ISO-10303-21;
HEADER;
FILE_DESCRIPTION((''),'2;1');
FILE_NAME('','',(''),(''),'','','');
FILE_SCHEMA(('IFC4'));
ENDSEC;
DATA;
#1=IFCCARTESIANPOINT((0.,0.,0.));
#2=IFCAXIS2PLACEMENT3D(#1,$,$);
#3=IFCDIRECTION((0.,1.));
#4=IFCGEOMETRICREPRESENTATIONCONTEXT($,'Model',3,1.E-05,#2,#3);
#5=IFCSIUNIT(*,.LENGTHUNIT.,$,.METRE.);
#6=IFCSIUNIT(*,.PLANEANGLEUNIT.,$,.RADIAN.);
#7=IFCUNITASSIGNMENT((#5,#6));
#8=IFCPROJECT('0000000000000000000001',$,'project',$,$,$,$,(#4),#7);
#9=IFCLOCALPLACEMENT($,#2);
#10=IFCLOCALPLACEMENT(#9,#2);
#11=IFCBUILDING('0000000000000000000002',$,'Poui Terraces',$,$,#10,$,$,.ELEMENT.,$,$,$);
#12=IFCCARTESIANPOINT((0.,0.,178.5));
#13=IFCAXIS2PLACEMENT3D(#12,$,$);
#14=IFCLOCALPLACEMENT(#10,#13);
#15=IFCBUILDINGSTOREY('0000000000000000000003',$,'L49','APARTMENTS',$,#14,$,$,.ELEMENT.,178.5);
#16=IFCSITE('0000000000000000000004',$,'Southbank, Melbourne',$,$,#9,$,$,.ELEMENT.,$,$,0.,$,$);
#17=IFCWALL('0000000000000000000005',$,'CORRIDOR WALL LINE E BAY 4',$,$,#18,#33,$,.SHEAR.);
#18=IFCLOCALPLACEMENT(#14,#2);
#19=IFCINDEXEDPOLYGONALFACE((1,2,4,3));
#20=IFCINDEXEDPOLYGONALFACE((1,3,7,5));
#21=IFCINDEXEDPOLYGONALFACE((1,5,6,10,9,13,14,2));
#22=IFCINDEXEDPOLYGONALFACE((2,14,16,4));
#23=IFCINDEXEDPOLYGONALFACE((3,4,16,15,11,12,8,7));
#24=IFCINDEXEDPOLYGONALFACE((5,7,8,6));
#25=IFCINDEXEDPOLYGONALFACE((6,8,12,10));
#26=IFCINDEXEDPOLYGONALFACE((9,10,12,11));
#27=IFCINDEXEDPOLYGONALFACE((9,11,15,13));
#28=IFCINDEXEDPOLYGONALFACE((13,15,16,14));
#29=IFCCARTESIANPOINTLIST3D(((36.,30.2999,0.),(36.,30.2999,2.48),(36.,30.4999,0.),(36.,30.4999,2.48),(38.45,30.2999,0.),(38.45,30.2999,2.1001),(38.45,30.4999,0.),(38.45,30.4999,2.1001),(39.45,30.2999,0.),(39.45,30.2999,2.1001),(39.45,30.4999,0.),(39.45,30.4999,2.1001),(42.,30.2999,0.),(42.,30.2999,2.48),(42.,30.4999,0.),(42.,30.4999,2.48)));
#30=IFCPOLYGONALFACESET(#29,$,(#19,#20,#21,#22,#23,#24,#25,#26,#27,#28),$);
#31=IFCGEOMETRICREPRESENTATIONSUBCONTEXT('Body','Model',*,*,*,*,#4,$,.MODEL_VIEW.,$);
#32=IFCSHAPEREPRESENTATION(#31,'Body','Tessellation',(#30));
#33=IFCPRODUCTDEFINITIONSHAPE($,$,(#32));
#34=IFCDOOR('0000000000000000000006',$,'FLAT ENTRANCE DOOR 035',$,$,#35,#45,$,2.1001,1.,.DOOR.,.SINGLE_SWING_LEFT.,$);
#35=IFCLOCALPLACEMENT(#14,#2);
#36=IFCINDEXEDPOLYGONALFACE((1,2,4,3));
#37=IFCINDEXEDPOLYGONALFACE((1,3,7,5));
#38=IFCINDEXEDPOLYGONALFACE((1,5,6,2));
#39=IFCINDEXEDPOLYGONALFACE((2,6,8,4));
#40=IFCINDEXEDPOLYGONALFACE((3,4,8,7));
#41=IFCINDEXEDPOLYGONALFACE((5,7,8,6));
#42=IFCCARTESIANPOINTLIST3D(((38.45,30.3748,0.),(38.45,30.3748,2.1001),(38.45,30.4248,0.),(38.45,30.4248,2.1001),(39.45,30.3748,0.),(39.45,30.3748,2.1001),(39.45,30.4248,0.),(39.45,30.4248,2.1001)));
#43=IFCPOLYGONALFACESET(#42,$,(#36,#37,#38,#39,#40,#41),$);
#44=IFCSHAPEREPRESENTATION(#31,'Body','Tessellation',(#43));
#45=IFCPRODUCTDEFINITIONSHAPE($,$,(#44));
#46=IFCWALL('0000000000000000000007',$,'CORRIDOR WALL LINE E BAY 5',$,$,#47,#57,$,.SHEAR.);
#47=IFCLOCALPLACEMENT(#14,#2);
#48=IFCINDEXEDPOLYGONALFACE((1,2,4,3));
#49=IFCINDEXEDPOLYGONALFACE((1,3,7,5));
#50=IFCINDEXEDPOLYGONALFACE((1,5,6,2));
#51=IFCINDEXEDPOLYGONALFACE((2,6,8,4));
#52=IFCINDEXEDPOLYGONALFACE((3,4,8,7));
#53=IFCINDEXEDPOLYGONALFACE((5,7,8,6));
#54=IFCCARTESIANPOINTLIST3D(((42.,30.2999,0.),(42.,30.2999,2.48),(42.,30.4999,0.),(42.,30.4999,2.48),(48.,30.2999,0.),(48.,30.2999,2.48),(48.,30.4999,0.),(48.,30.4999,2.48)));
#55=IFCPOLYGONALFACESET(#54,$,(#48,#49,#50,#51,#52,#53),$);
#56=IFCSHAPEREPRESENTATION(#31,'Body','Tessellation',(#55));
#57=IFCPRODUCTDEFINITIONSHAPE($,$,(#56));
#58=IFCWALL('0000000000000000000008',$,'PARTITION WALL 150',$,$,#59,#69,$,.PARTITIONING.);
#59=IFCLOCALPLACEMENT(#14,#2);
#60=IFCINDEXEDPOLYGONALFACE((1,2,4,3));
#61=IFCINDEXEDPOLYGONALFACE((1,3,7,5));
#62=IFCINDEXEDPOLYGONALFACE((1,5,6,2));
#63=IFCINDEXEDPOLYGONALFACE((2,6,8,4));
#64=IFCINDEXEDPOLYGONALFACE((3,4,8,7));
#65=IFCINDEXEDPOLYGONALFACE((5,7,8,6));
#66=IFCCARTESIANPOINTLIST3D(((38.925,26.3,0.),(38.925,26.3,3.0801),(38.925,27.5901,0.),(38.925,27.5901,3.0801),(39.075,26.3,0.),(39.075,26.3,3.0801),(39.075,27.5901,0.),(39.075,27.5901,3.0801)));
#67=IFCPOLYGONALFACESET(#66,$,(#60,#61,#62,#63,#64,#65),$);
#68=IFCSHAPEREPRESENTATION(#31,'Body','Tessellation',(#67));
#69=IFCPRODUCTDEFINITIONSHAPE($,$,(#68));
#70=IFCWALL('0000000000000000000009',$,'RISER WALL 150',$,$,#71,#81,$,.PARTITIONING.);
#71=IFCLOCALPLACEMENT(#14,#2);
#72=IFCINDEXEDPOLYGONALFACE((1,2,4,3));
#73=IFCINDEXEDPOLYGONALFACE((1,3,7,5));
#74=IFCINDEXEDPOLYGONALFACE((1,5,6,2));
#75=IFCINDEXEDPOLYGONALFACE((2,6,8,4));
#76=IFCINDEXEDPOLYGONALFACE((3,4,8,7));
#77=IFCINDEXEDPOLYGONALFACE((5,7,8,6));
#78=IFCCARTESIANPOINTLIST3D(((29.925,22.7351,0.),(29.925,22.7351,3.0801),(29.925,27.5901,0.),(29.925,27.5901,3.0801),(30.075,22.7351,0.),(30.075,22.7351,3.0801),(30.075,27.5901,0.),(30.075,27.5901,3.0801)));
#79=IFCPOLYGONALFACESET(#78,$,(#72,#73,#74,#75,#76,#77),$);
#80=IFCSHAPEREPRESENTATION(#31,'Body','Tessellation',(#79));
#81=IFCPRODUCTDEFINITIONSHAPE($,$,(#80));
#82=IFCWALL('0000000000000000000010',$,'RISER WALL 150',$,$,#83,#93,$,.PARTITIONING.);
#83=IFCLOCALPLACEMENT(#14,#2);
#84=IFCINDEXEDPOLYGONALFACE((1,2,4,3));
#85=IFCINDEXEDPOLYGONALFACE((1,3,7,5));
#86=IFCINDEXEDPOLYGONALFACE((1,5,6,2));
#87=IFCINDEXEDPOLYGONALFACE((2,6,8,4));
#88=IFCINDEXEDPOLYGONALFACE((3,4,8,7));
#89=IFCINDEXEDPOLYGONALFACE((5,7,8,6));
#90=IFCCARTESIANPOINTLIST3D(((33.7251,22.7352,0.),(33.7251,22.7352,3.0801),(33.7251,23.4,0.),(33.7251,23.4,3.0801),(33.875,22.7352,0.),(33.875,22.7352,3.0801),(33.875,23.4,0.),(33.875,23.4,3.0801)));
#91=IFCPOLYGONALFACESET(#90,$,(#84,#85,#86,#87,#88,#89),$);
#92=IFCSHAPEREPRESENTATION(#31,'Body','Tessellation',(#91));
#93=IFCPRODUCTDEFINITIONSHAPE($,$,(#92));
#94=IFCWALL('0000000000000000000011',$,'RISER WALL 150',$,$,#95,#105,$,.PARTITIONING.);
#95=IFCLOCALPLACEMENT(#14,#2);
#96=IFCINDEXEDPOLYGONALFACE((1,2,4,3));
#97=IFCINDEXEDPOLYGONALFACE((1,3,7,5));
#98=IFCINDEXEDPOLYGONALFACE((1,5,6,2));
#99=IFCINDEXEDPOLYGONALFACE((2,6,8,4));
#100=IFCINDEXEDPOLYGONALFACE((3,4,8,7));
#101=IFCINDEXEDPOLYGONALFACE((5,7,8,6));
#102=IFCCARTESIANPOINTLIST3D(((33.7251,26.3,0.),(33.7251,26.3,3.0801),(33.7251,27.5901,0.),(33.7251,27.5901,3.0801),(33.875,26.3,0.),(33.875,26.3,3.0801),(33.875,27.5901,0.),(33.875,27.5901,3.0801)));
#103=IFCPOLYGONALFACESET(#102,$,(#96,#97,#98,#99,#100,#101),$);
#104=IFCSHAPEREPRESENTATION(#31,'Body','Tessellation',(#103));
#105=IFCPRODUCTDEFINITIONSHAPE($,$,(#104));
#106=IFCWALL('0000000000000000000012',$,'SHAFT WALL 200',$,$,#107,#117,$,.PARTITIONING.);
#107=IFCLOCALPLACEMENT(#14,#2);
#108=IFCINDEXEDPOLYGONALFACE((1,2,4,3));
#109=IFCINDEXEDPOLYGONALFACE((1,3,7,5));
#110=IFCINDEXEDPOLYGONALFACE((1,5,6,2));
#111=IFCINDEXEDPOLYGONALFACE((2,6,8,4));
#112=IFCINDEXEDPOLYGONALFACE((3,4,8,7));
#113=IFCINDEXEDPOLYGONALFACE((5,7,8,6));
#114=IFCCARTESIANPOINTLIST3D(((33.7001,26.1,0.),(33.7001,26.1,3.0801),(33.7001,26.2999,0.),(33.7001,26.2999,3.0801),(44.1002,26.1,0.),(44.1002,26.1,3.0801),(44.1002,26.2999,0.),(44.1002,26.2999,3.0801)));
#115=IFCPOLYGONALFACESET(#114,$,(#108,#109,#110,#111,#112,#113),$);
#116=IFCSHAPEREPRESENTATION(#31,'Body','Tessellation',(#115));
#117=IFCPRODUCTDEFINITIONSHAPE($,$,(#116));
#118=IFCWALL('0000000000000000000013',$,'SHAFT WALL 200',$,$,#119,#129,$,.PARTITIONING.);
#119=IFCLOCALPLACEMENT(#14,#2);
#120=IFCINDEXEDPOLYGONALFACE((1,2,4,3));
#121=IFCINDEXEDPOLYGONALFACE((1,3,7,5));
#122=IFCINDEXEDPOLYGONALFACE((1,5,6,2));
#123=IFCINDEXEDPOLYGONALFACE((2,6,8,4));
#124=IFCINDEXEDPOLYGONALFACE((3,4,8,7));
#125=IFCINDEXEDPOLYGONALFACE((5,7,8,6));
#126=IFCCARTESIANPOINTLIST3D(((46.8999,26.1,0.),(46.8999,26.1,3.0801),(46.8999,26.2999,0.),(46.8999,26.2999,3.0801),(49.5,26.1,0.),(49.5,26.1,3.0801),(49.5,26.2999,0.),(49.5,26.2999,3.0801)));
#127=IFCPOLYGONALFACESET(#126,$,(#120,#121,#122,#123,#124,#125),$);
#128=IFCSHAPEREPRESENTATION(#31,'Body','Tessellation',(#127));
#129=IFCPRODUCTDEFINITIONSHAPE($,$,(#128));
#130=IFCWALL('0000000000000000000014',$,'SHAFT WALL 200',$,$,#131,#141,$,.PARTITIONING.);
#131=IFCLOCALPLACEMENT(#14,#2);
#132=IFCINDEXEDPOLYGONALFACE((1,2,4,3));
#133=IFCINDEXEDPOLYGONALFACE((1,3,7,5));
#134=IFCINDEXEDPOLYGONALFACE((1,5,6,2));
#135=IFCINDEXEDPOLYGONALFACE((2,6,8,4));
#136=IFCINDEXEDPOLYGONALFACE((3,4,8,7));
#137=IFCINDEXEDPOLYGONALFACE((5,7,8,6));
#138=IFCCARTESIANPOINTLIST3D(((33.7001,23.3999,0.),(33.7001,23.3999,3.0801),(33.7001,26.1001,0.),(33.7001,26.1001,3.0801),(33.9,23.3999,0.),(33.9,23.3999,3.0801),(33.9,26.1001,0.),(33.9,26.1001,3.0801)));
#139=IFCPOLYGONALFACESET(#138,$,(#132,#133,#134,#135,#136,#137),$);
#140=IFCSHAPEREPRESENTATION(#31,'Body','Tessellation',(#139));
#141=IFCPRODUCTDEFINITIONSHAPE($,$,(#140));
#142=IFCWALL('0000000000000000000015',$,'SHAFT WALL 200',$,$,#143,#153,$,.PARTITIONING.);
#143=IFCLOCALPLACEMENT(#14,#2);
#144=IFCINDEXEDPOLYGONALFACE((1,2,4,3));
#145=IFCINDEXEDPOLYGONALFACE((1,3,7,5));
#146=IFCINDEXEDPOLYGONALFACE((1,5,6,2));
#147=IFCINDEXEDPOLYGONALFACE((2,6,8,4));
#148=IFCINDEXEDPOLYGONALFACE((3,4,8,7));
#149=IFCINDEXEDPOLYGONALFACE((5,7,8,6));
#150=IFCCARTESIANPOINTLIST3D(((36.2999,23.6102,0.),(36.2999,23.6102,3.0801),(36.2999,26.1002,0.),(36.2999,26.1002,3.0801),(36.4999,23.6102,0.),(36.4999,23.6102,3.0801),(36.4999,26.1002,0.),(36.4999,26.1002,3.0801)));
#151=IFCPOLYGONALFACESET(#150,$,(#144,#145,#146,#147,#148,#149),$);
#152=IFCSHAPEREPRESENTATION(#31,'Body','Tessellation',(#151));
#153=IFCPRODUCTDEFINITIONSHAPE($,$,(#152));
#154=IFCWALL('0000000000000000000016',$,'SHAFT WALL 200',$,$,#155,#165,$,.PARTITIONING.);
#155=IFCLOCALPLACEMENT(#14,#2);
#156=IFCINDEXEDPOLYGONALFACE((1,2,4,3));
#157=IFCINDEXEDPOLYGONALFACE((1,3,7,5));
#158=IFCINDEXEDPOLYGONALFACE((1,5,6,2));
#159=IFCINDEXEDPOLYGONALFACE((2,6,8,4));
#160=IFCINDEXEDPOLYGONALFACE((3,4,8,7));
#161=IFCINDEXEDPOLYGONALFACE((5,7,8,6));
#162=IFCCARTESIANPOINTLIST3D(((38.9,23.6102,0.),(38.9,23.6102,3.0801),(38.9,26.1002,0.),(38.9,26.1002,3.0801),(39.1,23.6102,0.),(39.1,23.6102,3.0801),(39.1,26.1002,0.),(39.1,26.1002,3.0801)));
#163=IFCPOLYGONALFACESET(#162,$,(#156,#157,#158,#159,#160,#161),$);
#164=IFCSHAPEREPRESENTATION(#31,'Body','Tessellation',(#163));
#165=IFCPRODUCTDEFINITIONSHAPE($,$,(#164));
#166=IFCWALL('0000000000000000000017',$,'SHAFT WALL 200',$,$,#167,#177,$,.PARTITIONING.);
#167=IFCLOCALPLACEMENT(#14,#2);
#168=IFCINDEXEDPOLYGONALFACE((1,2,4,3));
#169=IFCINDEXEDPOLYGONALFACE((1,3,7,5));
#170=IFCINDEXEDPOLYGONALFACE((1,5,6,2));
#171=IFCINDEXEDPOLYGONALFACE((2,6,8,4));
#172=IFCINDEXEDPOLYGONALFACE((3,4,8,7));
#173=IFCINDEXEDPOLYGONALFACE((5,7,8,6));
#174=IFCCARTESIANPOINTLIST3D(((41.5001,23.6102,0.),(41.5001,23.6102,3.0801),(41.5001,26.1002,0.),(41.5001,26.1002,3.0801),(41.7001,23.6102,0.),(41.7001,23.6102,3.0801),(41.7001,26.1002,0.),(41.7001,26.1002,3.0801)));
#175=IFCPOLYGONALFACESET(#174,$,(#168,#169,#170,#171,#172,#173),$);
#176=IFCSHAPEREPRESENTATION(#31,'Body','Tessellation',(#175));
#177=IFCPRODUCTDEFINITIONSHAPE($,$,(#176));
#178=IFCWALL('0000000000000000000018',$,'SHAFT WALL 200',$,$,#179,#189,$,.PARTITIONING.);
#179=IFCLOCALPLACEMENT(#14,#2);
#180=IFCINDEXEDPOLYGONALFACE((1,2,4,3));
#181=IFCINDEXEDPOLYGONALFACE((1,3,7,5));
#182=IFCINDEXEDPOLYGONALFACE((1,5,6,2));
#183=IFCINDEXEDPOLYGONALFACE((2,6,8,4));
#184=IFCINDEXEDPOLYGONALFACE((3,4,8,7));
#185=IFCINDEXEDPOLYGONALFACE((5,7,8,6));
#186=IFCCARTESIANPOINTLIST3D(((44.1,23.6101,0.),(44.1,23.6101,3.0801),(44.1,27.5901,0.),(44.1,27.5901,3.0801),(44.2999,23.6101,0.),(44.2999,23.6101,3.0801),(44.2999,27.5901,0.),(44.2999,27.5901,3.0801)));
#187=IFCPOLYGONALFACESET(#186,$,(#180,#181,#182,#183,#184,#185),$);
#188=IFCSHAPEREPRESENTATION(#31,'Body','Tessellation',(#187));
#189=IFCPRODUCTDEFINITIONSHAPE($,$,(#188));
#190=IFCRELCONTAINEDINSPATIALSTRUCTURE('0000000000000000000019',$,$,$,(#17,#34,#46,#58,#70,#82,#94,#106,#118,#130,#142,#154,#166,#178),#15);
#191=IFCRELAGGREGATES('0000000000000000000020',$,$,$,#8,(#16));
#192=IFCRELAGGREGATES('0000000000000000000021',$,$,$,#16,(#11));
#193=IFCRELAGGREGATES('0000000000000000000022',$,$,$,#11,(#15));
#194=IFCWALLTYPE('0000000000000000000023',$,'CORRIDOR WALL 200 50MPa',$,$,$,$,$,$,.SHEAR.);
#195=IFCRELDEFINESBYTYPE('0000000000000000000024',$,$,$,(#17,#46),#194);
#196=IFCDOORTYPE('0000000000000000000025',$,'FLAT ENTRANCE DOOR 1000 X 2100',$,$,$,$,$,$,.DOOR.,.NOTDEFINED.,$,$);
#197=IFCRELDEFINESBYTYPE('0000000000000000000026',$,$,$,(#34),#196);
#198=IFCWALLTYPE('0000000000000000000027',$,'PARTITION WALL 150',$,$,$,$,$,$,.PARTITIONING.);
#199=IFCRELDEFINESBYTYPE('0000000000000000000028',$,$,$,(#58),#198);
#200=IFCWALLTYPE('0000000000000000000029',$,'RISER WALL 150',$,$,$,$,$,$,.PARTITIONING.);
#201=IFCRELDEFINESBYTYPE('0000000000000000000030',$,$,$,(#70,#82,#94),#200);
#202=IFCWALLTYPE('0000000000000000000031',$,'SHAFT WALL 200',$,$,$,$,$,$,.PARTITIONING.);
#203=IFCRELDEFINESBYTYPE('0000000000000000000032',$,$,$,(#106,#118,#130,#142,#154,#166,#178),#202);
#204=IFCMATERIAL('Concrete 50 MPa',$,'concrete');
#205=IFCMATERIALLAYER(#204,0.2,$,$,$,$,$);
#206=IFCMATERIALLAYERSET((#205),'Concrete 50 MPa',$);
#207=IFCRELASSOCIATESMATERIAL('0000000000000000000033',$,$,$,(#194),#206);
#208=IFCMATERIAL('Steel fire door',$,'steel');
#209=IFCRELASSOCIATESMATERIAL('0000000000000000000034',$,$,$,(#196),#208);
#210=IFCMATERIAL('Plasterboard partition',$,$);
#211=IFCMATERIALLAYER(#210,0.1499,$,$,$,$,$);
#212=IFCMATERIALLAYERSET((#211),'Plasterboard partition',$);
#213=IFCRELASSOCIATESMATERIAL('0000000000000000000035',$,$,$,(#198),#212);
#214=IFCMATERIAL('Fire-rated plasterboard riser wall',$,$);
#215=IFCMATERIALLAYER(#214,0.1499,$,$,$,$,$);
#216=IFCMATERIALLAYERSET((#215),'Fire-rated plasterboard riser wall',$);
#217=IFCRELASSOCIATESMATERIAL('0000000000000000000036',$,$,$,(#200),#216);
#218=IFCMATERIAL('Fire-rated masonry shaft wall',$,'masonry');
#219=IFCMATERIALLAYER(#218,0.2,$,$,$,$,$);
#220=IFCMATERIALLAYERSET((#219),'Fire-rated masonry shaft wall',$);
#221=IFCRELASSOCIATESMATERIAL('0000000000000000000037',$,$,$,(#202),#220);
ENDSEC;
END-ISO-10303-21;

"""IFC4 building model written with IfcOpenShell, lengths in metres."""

from ifc_helpers import new_model, si_unit, direction, frame, frame_2d, origin, place, context, subcontext, project, spatial, rectangle, extrude, material, layer, layer_set, type_object, element, fill, save


model = new_model("IFC4")

# Units and contexts
model_context = context("Model", 3, precision=1e-05, world=origin(), true_north=direction((0.0, 1.0)))
body_context = subcontext(model_context, "Body", "Model", "MODEL_VIEW")
ifc_project = project(units=[si_unit("LENGTHUNIT", "METRE"), si_unit("PLANEANGLEUNIT", "RADIAN")], contexts=[model_context])

# Site, building, storey
site_placement = place(None, origin())
site = spatial("IfcSite", under=ifc_project, at=site_placement, Name="Southbank, Melbourne", CompositionType="ELEMENT", RefElevation=0.0)
building_placement = place(site_placement, origin())
building = spatial("IfcBuilding", under=site, at=building_placement, Name="Poui Terraces", CompositionType="ELEMENT")
storey_placement = place(building_placement, frame((0.0, 0.0, 178.5)))
storey = spatial("IfcBuildingStorey", under=building, at=storey_placement, Name="L49", Description="APARTMENTS", CompositionType="ELEMENT", Elevation=178.5)

# Shared definitions
ifc_material_1 = material(Name="Concrete 50 MPa", Category="concrete")

# Shared definitions
ifc_material_2 = material(Name="Steel fire door", Category="steel")

# Wall, opening, door
ifc_layer_1 = layer(ifc_material_1, 0.2)
ifc_layer_set_1 = layer_set([ifc_layer_1], Name="Concrete 50 MPa")
wall_type_1 = type_object("IfcWallType", Name="CORRIDOR WALL 200 50MPa", PredefinedType="SHEAR", material=ifc_layer_set_1)
wall_1_placement = place(storey_placement, frame((36.0, 30.3999, 0.0), z_axis=(0.0, 0.0, 1.0), x_axis=(1.0, 0.0, 0.0)))
wall_1 = element("IfcWall", 1, at=wall_1_placement, inside=storey, type_object=wall_type_1, Name="CORRIDOR WALL LINE E BAY 4", PredefinedType="SHEAR", context=body_context, shape_type="SweptSolid", body=[
    extrude(rectangle(XDim=6.0, YDim=0.2, at=frame_2d((3.0, 0.0))), origin(), (0.0, 0.0, 1.0), 2.48),
])
opening_1_placement = place(wall_1_placement, frame((2.45, 0.0, 0.0)))
opening_1 = element("IfcOpeningElement", 2, at=opening_1_placement, cuts=wall_1, PredefinedType="OPENING", context=body_context, shape_type="SweptSolid", body=[
    extrude(rectangle(XDim=1.0, YDim=2.1001, at=frame_2d((0.5, 1.05))), frame((0.0, 0.1099, 0.0), z_axis=(0.0, -1.0, 0.0), x_axis=(1.0, 0.0, 0.0)), (0.0, 0.0, 1.0), 0.22),
])
door_type_1 = type_object("IfcDoorType", Name="FLAT ENTRANCE DOOR 1000 X 2100", OperationType="NOTDEFINED", PredefinedType="DOOR", material=ifc_material_2)
door_1_placement = place(opening_1_placement, origin())
door_1 = element("IfcDoor", 3, at=door_1_placement, inside=storey, type_object=door_type_1, Name="FLAT ENTRANCE DOOR 035", OperationType="SINGLE_SWING_LEFT", OverallHeight=2.1001, OverallWidth=1.0, PredefinedType="DOOR", context=body_context, shape_type="SweptSolid", body=[
    extrude(rectangle(XDim=1.0, YDim=2.1001, at=frame_2d((0.5, 1.05))), frame((0.0, 0.0249, 0.0), z_axis=(0.0, -1.0, 0.0), x_axis=(1.0, 0.0, 0.0)), (0.0, 0.0, 1.0), 0.05),
])
fill(opening_1, door_1)

# Walls
wall_2_placement = place(storey_placement, frame((42.0, 30.3999, 0.0), z_axis=(0.0, 0.0, 1.0), x_axis=(1.0, 0.0, 0.0)))
element("IfcWall", 4, at=wall_2_placement, inside=storey, type_object=wall_type_1, Name="CORRIDOR WALL LINE E BAY 5", PredefinedType="SHEAR", context=body_context, shape_type="SweptSolid", body=[
    extrude(rectangle(XDim=6.0, YDim=0.2, at=frame_2d((3.0, 0.0))), origin(), (0.0, 0.0, 1.0), 2.48),
])
ifc_material_3 = material(Name="Plasterboard partition")
ifc_layer_2 = layer(ifc_material_3, 0.1499)
ifc_layer_set_2 = layer_set([ifc_layer_2], Name="Plasterboard partition")
wall_type_2 = type_object("IfcWallType", Name="PARTITION WALL 150", PredefinedType="PARTITIONING", material=ifc_layer_set_2)
wall_3_placement = place(storey_placement, frame((39.0, 26.3, 0.0), z_axis=(0.0, 0.0, 1.0), x_axis=(0.0, 1.0, 0.0)))
element("IfcWall", 5, at=wall_3_placement, inside=storey, type_object=wall_type_2, Name="PARTITION WALL 150", PredefinedType="PARTITIONING", context=body_context, shape_type="SweptSolid", body=[
    extrude(rectangle(XDim=1.29, YDim=0.1499, at=frame_2d((0.645, 0.0))), origin(), (0.0, 0.0, 1.0), 3.0801),
])
ifc_material_4 = material(Name="Fire-rated plasterboard riser wall")
ifc_layer_3 = layer(ifc_material_4, 0.1499)
ifc_layer_set_3 = layer_set([ifc_layer_3], Name="Fire-rated plasterboard riser wall")
wall_type_3 = type_object("IfcWallType", Name="RISER WALL 150", PredefinedType="PARTITIONING", material=ifc_layer_set_3)
wall_4_placement = place(storey_placement, frame((30.0, 22.7351, 0.0), z_axis=(0.0, 0.0, 1.0), x_axis=(0.0, 1.0, 0.0)))
element("IfcWall", 6, at=wall_4_placement, inside=storey, type_object=wall_type_3, Name="RISER WALL 150", PredefinedType="PARTITIONING", context=body_context, shape_type="SweptSolid", body=[
    extrude(rectangle(XDim=4.855, YDim=0.1499, at=frame_2d((2.4275, 0.0))), origin(), (0.0, 0.0, 1.0), 3.0801),
])
wall_5_placement = place(storey_placement, frame((33.8, 22.7351, 0.0), z_axis=(0.0, 0.0, 1.0), x_axis=(0.0, 1.0, 0.0)))
element("IfcWall", 7, at=wall_5_placement, inside=storey, type_object=wall_type_3, Name="RISER WALL 150", PredefinedType="PARTITIONING", context=body_context, shape_type="SweptSolid", body=[
    extrude(rectangle(XDim=0.6648, YDim=0.1499, at=frame_2d((0.3325, 0.0))), origin(), (0.0, 0.0, 1.0), 3.0801),
])
wall_6_placement = place(storey_placement, frame((33.8, 26.3, 0.0), z_axis=(0.0, 0.0, 1.0), x_axis=(0.0, 1.0, 0.0)))
element("IfcWall", 8, at=wall_6_placement, inside=storey, type_object=wall_type_3, Name="RISER WALL 150", PredefinedType="PARTITIONING", context=body_context, shape_type="SweptSolid", body=[
    extrude(rectangle(XDim=1.29, YDim=0.1499, at=frame_2d((0.645, 0.0))), origin(), (0.0, 0.0, 1.0), 3.0801),
])
ifc_material_5 = material(Name="Fire-rated masonry shaft wall", Category="masonry")
ifc_layer_4 = layer(ifc_material_5, 0.2)
ifc_layer_set_4 = layer_set([ifc_layer_4], Name="Fire-rated masonry shaft wall")
wall_type_4 = type_object("IfcWallType", Name="SHAFT WALL 200", PredefinedType="PARTITIONING", material=ifc_layer_set_4)
wall_7_placement = place(storey_placement, frame((33.7, 26.2, 0.0), z_axis=(0.0, 0.0, 1.0), x_axis=(1.0, 0.0, 0.0)))
element("IfcWall", 9, at=wall_7_placement, inside=storey, type_object=wall_type_4, Name="SHAFT WALL 200", PredefinedType="PARTITIONING", context=body_context, shape_type="SweptSolid", body=[
    extrude(rectangle(XDim=10.4001, YDim=0.2, at=frame_2d((5.2002, 0.0))), origin(), (0.0, 0.0, 1.0), 3.0801),
])
wall_8_placement = place(storey_placement, frame((46.8999, 26.2, 0.0), z_axis=(0.0, 0.0, 1.0), x_axis=(1.0, 0.0, 0.0)))
element("IfcWall", 10, at=wall_8_placement, inside=storey, type_object=wall_type_4, Name="SHAFT WALL 200", PredefinedType="PARTITIONING", context=body_context, shape_type="SweptSolid", body=[
    extrude(rectangle(XDim=2.6001, YDim=0.2, at=frame_2d((1.3, 0.0))), origin(), (0.0, 0.0, 1.0), 3.0801),
])
wall_9_placement = place(storey_placement, frame((33.8, 23.3999, 0.0), z_axis=(0.0, 0.0, 1.0), x_axis=(0.0, 1.0, 0.0)))
element("IfcWall", 11, at=wall_9_placement, inside=storey, type_object=wall_type_4, Name="SHAFT WALL 200", PredefinedType="PARTITIONING", context=body_context, shape_type="SweptSolid", body=[
    extrude(rectangle(XDim=2.7002, YDim=0.2, at=frame_2d((1.3501, 0.0))), origin(), (0.0, 0.0, 1.0), 3.0801),
])
for number, where, z_axis, x_axis, name in (
    (12, (36.3999, 23.6101, 0.0), (0.0, 0.0, 1.0), (0.0, 1.0, 0.0), "SHAFT WALL 200"),
    (13, (39.0, 23.6101, 0.0), (0.0, 0.0, 1.0), (0.0, 1.0, 0.0), "SHAFT WALL 200"),
    (14, (41.6001, 23.6101, 0.0), (0.0, 0.0, 1.0), (0.0, 1.0, 0.0), "SHAFT WALL 200"),
):
    element("IfcWall", number, at=place(storey_placement, frame(where, z_axis=z_axis, x_axis=x_axis)), inside=storey, type_object=wall_type_4, Name=name, PredefinedType="PARTITIONING", context=body_context, shape_type="SweptSolid", body=[
        extrude(rectangle(XDim=2.49, YDim=0.2, at=frame_2d((1.2451, 0.0))), origin(), (0.0, 0.0, 1.0), 3.0801),
    ])
for number, where, z_axis, x_axis, name in (
    (15, (44.2, 23.6101, 0.0), (0.0, 0.0, 1.0), (0.0, 1.0, 0.0), "SHAFT WALL 200"),
):
    element("IfcWall", number, at=place(storey_placement, frame(where, z_axis=z_axis, x_axis=x_axis)), inside=storey, type_object=wall_type_4, Name=name, PredefinedType="PARTITIONING", context=body_context, shape_type="SweptSolid", body=[
        extrude(rectangle(XDim=3.98, YDim=0.2, at=frame_2d((1.99, 0.0))), origin(), (0.0, 0.0, 1.0), 3.0801),
    ])

save(model, "model.ifc")
